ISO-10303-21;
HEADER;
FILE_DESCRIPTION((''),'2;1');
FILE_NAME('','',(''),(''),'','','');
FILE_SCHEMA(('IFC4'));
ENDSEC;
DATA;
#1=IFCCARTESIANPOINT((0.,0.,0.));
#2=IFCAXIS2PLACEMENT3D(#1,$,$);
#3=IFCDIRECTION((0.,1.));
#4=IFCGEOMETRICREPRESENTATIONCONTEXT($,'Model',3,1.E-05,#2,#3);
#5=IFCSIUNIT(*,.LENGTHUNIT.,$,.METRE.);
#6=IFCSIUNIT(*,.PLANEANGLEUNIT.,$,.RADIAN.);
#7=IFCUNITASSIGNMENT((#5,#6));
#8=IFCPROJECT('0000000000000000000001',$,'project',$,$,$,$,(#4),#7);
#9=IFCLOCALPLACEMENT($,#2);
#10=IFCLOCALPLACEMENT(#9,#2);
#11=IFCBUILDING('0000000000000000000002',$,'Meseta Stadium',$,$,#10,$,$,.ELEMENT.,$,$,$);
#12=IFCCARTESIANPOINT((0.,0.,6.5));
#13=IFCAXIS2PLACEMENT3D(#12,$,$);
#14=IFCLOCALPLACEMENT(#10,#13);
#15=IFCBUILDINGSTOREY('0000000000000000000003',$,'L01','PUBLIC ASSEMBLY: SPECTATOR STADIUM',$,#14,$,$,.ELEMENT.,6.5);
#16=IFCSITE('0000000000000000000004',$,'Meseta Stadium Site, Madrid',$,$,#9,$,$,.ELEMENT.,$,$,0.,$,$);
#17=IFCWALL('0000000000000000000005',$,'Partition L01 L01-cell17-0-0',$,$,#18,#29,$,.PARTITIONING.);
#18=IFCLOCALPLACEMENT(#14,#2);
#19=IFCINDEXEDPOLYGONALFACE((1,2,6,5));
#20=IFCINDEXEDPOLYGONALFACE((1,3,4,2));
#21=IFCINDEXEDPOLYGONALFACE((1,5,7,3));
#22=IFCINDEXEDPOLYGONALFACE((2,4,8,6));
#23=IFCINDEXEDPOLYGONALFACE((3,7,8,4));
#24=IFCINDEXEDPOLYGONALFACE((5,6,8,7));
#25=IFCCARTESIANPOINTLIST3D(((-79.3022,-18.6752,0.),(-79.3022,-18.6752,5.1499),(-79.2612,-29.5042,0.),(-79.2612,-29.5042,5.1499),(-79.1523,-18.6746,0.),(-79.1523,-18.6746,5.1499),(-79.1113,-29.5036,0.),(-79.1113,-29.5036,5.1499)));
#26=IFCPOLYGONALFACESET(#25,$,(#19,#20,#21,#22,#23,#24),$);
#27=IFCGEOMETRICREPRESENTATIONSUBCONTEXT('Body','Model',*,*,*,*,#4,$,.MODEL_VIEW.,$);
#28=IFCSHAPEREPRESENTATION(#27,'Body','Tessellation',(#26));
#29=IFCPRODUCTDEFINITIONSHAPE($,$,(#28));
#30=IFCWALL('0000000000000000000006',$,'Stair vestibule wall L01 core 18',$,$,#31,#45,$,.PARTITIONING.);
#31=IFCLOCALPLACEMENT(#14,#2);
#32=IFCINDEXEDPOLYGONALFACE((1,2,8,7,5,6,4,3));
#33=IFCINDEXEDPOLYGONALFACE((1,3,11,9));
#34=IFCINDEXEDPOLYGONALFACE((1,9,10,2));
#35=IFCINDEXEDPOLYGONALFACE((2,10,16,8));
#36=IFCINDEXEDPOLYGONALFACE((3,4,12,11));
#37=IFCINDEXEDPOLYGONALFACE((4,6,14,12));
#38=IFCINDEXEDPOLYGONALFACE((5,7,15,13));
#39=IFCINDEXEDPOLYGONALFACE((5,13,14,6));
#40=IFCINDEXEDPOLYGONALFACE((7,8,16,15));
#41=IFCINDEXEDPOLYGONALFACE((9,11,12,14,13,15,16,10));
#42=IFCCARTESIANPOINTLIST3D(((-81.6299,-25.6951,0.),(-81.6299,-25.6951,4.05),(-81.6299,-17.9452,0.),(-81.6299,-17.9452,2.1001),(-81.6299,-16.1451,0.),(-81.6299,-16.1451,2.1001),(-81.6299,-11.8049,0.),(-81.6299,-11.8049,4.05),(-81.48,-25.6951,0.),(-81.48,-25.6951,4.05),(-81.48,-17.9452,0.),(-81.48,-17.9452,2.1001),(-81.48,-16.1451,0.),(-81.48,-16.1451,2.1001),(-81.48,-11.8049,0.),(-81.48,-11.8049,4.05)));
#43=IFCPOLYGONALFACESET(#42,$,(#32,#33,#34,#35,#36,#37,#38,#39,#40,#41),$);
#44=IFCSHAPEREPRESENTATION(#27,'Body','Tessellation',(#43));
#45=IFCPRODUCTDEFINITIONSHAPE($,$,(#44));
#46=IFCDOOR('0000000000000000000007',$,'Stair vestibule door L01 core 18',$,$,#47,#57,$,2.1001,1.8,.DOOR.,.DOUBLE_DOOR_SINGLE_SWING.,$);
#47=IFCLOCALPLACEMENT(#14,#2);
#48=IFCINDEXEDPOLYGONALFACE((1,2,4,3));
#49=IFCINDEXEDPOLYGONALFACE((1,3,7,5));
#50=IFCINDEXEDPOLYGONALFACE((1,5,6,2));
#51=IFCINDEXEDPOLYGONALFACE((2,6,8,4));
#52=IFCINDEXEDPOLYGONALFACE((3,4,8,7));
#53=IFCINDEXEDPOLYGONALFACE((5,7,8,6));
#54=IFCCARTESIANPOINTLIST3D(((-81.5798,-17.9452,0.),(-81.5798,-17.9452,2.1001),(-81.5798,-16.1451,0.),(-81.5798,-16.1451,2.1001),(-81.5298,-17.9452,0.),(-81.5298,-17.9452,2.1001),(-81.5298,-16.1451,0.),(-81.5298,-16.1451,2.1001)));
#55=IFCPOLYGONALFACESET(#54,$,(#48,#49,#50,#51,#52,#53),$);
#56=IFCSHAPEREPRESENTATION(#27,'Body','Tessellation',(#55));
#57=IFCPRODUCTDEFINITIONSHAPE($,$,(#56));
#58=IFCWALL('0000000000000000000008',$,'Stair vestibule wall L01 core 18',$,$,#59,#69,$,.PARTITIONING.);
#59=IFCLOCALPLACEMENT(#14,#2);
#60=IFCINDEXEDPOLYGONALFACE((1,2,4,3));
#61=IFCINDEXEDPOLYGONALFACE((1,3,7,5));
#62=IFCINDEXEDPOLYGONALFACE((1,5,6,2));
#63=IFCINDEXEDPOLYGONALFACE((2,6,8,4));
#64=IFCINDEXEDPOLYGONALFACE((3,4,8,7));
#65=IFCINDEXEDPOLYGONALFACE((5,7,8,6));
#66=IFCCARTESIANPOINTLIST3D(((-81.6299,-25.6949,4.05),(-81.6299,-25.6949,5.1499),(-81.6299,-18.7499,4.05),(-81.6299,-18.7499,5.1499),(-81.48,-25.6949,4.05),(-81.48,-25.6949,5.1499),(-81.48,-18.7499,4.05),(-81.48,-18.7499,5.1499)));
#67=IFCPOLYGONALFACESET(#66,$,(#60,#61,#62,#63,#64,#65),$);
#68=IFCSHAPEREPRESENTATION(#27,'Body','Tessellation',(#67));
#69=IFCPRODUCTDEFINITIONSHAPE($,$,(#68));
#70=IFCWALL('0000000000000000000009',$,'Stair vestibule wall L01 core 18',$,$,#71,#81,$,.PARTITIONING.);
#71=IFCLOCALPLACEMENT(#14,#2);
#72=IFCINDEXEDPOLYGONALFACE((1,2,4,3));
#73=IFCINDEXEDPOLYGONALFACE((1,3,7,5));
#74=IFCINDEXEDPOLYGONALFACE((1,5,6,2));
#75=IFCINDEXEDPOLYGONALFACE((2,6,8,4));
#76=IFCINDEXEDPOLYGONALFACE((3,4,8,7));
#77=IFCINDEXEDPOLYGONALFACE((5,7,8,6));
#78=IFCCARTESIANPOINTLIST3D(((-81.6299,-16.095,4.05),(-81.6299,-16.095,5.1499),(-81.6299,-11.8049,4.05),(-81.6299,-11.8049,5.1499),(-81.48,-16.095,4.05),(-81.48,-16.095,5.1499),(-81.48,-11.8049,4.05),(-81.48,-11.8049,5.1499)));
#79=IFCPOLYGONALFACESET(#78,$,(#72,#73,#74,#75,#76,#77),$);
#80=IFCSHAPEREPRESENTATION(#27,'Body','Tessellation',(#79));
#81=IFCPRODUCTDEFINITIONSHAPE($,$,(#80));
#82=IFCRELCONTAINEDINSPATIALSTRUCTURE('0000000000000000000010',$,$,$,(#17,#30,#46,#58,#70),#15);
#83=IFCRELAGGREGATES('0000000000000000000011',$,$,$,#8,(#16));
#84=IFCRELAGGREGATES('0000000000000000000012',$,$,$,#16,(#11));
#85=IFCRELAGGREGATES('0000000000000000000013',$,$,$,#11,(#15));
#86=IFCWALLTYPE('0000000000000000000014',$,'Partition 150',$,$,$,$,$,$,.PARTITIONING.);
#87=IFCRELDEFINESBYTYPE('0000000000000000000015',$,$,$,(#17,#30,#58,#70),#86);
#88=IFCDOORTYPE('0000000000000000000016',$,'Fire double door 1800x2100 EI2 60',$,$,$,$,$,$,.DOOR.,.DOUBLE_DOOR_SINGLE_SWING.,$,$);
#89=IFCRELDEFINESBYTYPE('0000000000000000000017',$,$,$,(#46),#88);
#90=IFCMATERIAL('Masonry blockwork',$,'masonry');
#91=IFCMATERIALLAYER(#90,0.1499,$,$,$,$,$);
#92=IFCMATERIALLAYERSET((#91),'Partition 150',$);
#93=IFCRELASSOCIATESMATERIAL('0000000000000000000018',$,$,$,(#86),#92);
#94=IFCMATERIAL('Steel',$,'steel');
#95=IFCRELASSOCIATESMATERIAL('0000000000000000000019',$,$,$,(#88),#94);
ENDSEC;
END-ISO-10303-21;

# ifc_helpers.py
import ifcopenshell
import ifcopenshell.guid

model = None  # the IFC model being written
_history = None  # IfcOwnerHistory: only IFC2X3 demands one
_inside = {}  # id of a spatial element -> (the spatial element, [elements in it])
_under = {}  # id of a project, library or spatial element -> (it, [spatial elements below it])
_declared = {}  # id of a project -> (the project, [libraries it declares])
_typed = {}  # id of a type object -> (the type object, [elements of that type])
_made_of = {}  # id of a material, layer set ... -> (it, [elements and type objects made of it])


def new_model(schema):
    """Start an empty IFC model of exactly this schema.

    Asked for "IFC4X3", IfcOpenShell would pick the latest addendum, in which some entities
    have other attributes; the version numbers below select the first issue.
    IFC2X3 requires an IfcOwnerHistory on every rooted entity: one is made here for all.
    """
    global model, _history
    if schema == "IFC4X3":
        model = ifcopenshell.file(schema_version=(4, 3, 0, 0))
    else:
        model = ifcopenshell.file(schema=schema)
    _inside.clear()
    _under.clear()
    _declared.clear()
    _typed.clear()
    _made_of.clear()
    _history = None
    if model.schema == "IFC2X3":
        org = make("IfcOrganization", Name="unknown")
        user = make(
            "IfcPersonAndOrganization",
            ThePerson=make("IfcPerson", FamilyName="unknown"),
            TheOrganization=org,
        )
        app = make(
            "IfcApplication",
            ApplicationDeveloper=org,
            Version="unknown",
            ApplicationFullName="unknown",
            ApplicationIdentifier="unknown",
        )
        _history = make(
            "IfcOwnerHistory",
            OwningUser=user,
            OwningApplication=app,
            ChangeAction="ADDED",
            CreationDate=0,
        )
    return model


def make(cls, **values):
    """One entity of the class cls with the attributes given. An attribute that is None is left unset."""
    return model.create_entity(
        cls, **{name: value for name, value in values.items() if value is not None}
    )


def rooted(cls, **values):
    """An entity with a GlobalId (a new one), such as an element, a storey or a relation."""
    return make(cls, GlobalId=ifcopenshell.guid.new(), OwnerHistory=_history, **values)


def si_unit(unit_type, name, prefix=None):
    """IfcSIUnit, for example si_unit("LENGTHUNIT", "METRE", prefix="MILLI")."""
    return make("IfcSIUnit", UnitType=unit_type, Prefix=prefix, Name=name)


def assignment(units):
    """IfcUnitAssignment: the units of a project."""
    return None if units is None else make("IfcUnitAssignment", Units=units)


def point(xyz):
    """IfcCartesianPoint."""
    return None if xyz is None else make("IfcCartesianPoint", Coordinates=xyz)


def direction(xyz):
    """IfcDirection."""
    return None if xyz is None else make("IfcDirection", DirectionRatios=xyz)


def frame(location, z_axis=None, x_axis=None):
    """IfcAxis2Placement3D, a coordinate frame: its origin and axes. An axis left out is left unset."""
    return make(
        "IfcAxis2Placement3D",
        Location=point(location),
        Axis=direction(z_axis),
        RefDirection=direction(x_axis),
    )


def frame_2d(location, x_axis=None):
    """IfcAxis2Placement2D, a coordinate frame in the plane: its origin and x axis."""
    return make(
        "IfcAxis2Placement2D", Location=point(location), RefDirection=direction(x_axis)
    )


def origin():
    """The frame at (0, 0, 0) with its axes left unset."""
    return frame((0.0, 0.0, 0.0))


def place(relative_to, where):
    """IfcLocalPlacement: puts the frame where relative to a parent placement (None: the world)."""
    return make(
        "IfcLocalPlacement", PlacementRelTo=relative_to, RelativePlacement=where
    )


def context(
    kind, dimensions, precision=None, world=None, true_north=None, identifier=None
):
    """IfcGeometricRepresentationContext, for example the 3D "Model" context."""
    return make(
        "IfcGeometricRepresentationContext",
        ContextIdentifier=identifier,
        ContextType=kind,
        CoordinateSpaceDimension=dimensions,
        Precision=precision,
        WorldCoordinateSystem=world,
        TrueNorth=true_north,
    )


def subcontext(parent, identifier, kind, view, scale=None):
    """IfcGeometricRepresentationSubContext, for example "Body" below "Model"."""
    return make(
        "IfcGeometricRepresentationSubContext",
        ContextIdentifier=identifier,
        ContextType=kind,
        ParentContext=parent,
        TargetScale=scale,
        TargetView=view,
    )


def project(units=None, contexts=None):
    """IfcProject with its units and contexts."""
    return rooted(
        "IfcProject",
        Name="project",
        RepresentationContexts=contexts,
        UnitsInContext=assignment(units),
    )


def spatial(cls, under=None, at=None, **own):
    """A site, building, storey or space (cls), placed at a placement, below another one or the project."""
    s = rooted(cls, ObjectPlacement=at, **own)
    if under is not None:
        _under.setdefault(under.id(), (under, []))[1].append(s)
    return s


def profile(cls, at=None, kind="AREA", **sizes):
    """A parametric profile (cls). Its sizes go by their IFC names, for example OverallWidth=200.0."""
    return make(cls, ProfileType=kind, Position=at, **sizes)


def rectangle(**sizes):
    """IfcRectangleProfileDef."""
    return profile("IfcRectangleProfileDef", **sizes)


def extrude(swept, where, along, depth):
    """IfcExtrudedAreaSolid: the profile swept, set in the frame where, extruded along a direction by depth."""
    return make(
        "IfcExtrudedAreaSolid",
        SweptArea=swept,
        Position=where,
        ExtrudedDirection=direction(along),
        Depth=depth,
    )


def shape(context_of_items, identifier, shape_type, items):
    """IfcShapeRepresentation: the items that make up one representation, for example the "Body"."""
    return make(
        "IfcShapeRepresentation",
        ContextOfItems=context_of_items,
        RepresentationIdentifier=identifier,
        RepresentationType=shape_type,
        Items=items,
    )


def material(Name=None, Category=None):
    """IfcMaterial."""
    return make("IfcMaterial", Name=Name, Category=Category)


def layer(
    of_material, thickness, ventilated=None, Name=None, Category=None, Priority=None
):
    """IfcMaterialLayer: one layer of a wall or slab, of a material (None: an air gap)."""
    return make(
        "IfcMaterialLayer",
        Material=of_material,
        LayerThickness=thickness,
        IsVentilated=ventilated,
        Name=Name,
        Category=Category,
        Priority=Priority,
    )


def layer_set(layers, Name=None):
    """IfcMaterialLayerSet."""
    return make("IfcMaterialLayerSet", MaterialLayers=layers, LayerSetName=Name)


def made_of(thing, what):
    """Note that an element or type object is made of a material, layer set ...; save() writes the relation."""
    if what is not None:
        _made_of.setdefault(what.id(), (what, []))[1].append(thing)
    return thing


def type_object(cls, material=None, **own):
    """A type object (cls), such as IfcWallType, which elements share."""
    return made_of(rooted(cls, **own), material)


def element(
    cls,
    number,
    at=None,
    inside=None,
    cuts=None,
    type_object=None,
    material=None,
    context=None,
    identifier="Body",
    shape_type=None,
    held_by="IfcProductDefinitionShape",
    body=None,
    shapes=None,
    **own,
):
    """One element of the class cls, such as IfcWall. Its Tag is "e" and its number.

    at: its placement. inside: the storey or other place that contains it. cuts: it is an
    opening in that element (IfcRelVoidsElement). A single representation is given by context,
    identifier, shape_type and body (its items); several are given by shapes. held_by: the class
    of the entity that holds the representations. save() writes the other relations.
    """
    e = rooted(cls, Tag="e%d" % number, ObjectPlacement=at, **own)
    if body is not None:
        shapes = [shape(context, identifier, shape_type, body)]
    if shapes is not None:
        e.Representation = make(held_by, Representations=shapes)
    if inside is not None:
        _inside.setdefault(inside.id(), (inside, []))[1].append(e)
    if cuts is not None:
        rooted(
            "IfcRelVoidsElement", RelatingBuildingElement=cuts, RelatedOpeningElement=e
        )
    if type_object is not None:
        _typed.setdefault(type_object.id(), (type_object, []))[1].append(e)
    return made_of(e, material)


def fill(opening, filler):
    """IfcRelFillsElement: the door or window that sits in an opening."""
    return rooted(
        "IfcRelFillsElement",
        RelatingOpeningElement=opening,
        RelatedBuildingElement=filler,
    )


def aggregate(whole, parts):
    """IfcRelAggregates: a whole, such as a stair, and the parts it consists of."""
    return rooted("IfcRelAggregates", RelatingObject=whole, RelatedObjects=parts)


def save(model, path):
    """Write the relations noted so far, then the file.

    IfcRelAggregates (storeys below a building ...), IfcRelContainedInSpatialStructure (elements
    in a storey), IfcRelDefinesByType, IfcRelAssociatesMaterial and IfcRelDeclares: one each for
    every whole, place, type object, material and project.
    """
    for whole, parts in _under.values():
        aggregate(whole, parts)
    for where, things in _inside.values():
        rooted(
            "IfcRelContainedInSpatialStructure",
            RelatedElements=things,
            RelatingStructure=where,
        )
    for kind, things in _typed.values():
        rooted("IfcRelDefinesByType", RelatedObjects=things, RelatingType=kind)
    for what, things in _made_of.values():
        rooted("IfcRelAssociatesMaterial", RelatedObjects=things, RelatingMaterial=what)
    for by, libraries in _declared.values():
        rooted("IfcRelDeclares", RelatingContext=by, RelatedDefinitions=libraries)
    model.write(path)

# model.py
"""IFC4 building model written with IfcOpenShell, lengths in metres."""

from ifc_helpers import new_model, si_unit, direction, frame, frame_2d, origin, place, context, subcontext, project, spatial, rectangle, extrude, material, layer, layer_set, type_object, element, fill, save


model = new_model("IFC4")

# Units and contexts
model_context = context("Model", 3, precision=1e-05, world=origin(), true_north=direction((0.0, 1.0)))
body_context = subcontext(model_context, "Body", "Model", "MODEL_VIEW")
ifc_project = project(units=[si_unit("LENGTHUNIT", "METRE"), si_unit("PLANEANGLEUNIT", "RADIAN")], contexts=[model_context])

# Site, building, storey
site_placement = place(None, origin())
site = spatial("IfcSite", under=ifc_project, at=site_placement, Name="Meseta Stadium Site, Madrid", CompositionType="ELEMENT", RefElevation=0.0)
building_placement = place(site_placement, origin())
building = spatial("IfcBuilding", under=site, at=building_placement, Name="Meseta Stadium", CompositionType="ELEMENT")
storey_placement = place(building_placement, frame((0.0, 0.0, 6.5)))
storey = spatial("IfcBuildingStorey", under=building, at=storey_placement, Name="L01", Description="PUBLIC ASSEMBLY: SPECTATOR STADIUM", CompositionType="ELEMENT", Elevation=6.5)

# Shared definitions
ifc_material_1 = material(Name="Masonry blockwork", Category="masonry")
ifc_layer_1 = layer(ifc_material_1, 0.1499)
ifc_layer_set_1 = layer_set([ifc_layer_1], Name="Partition 150")
wall_type = type_object("IfcWallType", Name="Partition 150", PredefinedType="PARTITIONING", material=ifc_layer_set_1)
ifc_material_2 = material(Name="Steel", Category="steel")
door_type = type_object("IfcDoorType", Name="Fire double door 1800x2100 EI2 60", OperationType="DOUBLE_DOOR_SINGLE_SWING", PredefinedType="DOOR", material=ifc_material_2)

# Wall
wall_1_placement = place(storey_placement, frame((-79.1863, -29.5039, 0.0), z_axis=(0.0, 0.0, 1.0), x_axis=(-0.003788, 0.999993, 0.0)))
element("IfcWall", 1, at=wall_1_placement, inside=storey, type_object=wall_type, Name="Partition L01 L01-cell17-0-0", PredefinedType="PARTITIONING", context=body_context, shape_type="SweptSolid", body=[
    extrude(rectangle(XDim=10.8291, YDim=0.1499, at=frame_2d((5.4146, 0.0))), origin(), (0.0, 0.0, 1.0), 5.1499),
])

# Wall, opening, door
wall_2_placement = place(storey_placement, frame((-81.5549, -25.6951, 0.0), z_axis=(0.0, 0.0, 1.0), x_axis=(0.0, 1.0, 0.0)))
wall_2 = element("IfcWall", 2, at=wall_2_placement, inside=storey, type_object=wall_type, Name="Stair vestibule wall L01 core 18", PredefinedType="PARTITIONING", context=body_context, shape_type="SweptSolid", body=[
    extrude(rectangle(XDim=13.8901, YDim=0.1499, at=frame_2d((6.9451, 0.0))), origin(), (0.0, 0.0, 1.0), 4.05),
])
opening_1_placement = place(wall_2_placement, frame((7.75, 0.0, 0.0)))
opening_1 = element("IfcOpeningElement", 3, at=opening_1_placement, cuts=wall_2, PredefinedType="OPENING", context=body_context, shape_type="SweptSolid", body=[
    extrude(rectangle(XDim=1.8, YDim=2.1001, at=frame_2d((0.8999, 1.05))), frame((0.0, 0.085, 0.0), z_axis=(0.0, -1.0, 0.0), x_axis=(1.0, 0.0, 0.0)), (0.0, 0.0, 1.0), 0.1699),
])
door_1_placement = place(opening_1_placement, origin())
door_1 = element("IfcDoor", 4, at=door_1_placement, inside=storey, type_object=door_type, Name="Stair vestibule door L01 core 18", OperationType="DOUBLE_DOOR_SINGLE_SWING", OverallHeight=2.1001, OverallWidth=1.8, PredefinedType="DOOR", context=body_context, shape_type="SweptSolid", body=[
    extrude(rectangle(XDim=1.8, YDim=2.1001, at=frame_2d((0.8999, 1.05))), frame((0.0, 0.0249, 0.0), z_axis=(0.0, -1.0, 0.0), x_axis=(1.0, 0.0, 0.0)), (0.0, 0.0, 1.0), 0.05),
])
fill(opening_1, door_1)

# Walls
wall_3_placement = place(storey_placement, frame((-81.5549, -25.6951, 4.05), z_axis=(0.0, 0.0, 1.0), x_axis=(0.0, 1.0, 0.0)))
element("IfcWall", 5, at=wall_3_placement, inside=storey, type_object=wall_type, Name="Stair vestibule wall L01 core 18", PredefinedType="PARTITIONING", context=body_context, shape_type="SweptSolid", body=[
    extrude(rectangle(XDim=6.9451, YDim=0.1499, at=frame_2d((3.4727, 0.0))), origin(), (0.0, 0.0, 1.0), 1.0999),
])
wall_4_placement = place(storey_placement, frame((-81.5549, -16.095, 4.05), z_axis=(0.0, 0.0, 1.0), x_axis=(0.0, 1.0, 0.0)))
element("IfcWall", 6, at=wall_4_placement, inside=storey, type_object=wall_type, Name="Stair vestibule wall L01 core 18", PredefinedType="PARTITIONING", context=body_context, shape_type="SweptSolid", body=[
    extrude(rectangle(XDim=4.29, YDim=0.1499, at=frame_2d((2.145, 0.0))), origin(), (0.0, 0.0, 1.0), 1.0999),
])

save(model, "model.ifc")
